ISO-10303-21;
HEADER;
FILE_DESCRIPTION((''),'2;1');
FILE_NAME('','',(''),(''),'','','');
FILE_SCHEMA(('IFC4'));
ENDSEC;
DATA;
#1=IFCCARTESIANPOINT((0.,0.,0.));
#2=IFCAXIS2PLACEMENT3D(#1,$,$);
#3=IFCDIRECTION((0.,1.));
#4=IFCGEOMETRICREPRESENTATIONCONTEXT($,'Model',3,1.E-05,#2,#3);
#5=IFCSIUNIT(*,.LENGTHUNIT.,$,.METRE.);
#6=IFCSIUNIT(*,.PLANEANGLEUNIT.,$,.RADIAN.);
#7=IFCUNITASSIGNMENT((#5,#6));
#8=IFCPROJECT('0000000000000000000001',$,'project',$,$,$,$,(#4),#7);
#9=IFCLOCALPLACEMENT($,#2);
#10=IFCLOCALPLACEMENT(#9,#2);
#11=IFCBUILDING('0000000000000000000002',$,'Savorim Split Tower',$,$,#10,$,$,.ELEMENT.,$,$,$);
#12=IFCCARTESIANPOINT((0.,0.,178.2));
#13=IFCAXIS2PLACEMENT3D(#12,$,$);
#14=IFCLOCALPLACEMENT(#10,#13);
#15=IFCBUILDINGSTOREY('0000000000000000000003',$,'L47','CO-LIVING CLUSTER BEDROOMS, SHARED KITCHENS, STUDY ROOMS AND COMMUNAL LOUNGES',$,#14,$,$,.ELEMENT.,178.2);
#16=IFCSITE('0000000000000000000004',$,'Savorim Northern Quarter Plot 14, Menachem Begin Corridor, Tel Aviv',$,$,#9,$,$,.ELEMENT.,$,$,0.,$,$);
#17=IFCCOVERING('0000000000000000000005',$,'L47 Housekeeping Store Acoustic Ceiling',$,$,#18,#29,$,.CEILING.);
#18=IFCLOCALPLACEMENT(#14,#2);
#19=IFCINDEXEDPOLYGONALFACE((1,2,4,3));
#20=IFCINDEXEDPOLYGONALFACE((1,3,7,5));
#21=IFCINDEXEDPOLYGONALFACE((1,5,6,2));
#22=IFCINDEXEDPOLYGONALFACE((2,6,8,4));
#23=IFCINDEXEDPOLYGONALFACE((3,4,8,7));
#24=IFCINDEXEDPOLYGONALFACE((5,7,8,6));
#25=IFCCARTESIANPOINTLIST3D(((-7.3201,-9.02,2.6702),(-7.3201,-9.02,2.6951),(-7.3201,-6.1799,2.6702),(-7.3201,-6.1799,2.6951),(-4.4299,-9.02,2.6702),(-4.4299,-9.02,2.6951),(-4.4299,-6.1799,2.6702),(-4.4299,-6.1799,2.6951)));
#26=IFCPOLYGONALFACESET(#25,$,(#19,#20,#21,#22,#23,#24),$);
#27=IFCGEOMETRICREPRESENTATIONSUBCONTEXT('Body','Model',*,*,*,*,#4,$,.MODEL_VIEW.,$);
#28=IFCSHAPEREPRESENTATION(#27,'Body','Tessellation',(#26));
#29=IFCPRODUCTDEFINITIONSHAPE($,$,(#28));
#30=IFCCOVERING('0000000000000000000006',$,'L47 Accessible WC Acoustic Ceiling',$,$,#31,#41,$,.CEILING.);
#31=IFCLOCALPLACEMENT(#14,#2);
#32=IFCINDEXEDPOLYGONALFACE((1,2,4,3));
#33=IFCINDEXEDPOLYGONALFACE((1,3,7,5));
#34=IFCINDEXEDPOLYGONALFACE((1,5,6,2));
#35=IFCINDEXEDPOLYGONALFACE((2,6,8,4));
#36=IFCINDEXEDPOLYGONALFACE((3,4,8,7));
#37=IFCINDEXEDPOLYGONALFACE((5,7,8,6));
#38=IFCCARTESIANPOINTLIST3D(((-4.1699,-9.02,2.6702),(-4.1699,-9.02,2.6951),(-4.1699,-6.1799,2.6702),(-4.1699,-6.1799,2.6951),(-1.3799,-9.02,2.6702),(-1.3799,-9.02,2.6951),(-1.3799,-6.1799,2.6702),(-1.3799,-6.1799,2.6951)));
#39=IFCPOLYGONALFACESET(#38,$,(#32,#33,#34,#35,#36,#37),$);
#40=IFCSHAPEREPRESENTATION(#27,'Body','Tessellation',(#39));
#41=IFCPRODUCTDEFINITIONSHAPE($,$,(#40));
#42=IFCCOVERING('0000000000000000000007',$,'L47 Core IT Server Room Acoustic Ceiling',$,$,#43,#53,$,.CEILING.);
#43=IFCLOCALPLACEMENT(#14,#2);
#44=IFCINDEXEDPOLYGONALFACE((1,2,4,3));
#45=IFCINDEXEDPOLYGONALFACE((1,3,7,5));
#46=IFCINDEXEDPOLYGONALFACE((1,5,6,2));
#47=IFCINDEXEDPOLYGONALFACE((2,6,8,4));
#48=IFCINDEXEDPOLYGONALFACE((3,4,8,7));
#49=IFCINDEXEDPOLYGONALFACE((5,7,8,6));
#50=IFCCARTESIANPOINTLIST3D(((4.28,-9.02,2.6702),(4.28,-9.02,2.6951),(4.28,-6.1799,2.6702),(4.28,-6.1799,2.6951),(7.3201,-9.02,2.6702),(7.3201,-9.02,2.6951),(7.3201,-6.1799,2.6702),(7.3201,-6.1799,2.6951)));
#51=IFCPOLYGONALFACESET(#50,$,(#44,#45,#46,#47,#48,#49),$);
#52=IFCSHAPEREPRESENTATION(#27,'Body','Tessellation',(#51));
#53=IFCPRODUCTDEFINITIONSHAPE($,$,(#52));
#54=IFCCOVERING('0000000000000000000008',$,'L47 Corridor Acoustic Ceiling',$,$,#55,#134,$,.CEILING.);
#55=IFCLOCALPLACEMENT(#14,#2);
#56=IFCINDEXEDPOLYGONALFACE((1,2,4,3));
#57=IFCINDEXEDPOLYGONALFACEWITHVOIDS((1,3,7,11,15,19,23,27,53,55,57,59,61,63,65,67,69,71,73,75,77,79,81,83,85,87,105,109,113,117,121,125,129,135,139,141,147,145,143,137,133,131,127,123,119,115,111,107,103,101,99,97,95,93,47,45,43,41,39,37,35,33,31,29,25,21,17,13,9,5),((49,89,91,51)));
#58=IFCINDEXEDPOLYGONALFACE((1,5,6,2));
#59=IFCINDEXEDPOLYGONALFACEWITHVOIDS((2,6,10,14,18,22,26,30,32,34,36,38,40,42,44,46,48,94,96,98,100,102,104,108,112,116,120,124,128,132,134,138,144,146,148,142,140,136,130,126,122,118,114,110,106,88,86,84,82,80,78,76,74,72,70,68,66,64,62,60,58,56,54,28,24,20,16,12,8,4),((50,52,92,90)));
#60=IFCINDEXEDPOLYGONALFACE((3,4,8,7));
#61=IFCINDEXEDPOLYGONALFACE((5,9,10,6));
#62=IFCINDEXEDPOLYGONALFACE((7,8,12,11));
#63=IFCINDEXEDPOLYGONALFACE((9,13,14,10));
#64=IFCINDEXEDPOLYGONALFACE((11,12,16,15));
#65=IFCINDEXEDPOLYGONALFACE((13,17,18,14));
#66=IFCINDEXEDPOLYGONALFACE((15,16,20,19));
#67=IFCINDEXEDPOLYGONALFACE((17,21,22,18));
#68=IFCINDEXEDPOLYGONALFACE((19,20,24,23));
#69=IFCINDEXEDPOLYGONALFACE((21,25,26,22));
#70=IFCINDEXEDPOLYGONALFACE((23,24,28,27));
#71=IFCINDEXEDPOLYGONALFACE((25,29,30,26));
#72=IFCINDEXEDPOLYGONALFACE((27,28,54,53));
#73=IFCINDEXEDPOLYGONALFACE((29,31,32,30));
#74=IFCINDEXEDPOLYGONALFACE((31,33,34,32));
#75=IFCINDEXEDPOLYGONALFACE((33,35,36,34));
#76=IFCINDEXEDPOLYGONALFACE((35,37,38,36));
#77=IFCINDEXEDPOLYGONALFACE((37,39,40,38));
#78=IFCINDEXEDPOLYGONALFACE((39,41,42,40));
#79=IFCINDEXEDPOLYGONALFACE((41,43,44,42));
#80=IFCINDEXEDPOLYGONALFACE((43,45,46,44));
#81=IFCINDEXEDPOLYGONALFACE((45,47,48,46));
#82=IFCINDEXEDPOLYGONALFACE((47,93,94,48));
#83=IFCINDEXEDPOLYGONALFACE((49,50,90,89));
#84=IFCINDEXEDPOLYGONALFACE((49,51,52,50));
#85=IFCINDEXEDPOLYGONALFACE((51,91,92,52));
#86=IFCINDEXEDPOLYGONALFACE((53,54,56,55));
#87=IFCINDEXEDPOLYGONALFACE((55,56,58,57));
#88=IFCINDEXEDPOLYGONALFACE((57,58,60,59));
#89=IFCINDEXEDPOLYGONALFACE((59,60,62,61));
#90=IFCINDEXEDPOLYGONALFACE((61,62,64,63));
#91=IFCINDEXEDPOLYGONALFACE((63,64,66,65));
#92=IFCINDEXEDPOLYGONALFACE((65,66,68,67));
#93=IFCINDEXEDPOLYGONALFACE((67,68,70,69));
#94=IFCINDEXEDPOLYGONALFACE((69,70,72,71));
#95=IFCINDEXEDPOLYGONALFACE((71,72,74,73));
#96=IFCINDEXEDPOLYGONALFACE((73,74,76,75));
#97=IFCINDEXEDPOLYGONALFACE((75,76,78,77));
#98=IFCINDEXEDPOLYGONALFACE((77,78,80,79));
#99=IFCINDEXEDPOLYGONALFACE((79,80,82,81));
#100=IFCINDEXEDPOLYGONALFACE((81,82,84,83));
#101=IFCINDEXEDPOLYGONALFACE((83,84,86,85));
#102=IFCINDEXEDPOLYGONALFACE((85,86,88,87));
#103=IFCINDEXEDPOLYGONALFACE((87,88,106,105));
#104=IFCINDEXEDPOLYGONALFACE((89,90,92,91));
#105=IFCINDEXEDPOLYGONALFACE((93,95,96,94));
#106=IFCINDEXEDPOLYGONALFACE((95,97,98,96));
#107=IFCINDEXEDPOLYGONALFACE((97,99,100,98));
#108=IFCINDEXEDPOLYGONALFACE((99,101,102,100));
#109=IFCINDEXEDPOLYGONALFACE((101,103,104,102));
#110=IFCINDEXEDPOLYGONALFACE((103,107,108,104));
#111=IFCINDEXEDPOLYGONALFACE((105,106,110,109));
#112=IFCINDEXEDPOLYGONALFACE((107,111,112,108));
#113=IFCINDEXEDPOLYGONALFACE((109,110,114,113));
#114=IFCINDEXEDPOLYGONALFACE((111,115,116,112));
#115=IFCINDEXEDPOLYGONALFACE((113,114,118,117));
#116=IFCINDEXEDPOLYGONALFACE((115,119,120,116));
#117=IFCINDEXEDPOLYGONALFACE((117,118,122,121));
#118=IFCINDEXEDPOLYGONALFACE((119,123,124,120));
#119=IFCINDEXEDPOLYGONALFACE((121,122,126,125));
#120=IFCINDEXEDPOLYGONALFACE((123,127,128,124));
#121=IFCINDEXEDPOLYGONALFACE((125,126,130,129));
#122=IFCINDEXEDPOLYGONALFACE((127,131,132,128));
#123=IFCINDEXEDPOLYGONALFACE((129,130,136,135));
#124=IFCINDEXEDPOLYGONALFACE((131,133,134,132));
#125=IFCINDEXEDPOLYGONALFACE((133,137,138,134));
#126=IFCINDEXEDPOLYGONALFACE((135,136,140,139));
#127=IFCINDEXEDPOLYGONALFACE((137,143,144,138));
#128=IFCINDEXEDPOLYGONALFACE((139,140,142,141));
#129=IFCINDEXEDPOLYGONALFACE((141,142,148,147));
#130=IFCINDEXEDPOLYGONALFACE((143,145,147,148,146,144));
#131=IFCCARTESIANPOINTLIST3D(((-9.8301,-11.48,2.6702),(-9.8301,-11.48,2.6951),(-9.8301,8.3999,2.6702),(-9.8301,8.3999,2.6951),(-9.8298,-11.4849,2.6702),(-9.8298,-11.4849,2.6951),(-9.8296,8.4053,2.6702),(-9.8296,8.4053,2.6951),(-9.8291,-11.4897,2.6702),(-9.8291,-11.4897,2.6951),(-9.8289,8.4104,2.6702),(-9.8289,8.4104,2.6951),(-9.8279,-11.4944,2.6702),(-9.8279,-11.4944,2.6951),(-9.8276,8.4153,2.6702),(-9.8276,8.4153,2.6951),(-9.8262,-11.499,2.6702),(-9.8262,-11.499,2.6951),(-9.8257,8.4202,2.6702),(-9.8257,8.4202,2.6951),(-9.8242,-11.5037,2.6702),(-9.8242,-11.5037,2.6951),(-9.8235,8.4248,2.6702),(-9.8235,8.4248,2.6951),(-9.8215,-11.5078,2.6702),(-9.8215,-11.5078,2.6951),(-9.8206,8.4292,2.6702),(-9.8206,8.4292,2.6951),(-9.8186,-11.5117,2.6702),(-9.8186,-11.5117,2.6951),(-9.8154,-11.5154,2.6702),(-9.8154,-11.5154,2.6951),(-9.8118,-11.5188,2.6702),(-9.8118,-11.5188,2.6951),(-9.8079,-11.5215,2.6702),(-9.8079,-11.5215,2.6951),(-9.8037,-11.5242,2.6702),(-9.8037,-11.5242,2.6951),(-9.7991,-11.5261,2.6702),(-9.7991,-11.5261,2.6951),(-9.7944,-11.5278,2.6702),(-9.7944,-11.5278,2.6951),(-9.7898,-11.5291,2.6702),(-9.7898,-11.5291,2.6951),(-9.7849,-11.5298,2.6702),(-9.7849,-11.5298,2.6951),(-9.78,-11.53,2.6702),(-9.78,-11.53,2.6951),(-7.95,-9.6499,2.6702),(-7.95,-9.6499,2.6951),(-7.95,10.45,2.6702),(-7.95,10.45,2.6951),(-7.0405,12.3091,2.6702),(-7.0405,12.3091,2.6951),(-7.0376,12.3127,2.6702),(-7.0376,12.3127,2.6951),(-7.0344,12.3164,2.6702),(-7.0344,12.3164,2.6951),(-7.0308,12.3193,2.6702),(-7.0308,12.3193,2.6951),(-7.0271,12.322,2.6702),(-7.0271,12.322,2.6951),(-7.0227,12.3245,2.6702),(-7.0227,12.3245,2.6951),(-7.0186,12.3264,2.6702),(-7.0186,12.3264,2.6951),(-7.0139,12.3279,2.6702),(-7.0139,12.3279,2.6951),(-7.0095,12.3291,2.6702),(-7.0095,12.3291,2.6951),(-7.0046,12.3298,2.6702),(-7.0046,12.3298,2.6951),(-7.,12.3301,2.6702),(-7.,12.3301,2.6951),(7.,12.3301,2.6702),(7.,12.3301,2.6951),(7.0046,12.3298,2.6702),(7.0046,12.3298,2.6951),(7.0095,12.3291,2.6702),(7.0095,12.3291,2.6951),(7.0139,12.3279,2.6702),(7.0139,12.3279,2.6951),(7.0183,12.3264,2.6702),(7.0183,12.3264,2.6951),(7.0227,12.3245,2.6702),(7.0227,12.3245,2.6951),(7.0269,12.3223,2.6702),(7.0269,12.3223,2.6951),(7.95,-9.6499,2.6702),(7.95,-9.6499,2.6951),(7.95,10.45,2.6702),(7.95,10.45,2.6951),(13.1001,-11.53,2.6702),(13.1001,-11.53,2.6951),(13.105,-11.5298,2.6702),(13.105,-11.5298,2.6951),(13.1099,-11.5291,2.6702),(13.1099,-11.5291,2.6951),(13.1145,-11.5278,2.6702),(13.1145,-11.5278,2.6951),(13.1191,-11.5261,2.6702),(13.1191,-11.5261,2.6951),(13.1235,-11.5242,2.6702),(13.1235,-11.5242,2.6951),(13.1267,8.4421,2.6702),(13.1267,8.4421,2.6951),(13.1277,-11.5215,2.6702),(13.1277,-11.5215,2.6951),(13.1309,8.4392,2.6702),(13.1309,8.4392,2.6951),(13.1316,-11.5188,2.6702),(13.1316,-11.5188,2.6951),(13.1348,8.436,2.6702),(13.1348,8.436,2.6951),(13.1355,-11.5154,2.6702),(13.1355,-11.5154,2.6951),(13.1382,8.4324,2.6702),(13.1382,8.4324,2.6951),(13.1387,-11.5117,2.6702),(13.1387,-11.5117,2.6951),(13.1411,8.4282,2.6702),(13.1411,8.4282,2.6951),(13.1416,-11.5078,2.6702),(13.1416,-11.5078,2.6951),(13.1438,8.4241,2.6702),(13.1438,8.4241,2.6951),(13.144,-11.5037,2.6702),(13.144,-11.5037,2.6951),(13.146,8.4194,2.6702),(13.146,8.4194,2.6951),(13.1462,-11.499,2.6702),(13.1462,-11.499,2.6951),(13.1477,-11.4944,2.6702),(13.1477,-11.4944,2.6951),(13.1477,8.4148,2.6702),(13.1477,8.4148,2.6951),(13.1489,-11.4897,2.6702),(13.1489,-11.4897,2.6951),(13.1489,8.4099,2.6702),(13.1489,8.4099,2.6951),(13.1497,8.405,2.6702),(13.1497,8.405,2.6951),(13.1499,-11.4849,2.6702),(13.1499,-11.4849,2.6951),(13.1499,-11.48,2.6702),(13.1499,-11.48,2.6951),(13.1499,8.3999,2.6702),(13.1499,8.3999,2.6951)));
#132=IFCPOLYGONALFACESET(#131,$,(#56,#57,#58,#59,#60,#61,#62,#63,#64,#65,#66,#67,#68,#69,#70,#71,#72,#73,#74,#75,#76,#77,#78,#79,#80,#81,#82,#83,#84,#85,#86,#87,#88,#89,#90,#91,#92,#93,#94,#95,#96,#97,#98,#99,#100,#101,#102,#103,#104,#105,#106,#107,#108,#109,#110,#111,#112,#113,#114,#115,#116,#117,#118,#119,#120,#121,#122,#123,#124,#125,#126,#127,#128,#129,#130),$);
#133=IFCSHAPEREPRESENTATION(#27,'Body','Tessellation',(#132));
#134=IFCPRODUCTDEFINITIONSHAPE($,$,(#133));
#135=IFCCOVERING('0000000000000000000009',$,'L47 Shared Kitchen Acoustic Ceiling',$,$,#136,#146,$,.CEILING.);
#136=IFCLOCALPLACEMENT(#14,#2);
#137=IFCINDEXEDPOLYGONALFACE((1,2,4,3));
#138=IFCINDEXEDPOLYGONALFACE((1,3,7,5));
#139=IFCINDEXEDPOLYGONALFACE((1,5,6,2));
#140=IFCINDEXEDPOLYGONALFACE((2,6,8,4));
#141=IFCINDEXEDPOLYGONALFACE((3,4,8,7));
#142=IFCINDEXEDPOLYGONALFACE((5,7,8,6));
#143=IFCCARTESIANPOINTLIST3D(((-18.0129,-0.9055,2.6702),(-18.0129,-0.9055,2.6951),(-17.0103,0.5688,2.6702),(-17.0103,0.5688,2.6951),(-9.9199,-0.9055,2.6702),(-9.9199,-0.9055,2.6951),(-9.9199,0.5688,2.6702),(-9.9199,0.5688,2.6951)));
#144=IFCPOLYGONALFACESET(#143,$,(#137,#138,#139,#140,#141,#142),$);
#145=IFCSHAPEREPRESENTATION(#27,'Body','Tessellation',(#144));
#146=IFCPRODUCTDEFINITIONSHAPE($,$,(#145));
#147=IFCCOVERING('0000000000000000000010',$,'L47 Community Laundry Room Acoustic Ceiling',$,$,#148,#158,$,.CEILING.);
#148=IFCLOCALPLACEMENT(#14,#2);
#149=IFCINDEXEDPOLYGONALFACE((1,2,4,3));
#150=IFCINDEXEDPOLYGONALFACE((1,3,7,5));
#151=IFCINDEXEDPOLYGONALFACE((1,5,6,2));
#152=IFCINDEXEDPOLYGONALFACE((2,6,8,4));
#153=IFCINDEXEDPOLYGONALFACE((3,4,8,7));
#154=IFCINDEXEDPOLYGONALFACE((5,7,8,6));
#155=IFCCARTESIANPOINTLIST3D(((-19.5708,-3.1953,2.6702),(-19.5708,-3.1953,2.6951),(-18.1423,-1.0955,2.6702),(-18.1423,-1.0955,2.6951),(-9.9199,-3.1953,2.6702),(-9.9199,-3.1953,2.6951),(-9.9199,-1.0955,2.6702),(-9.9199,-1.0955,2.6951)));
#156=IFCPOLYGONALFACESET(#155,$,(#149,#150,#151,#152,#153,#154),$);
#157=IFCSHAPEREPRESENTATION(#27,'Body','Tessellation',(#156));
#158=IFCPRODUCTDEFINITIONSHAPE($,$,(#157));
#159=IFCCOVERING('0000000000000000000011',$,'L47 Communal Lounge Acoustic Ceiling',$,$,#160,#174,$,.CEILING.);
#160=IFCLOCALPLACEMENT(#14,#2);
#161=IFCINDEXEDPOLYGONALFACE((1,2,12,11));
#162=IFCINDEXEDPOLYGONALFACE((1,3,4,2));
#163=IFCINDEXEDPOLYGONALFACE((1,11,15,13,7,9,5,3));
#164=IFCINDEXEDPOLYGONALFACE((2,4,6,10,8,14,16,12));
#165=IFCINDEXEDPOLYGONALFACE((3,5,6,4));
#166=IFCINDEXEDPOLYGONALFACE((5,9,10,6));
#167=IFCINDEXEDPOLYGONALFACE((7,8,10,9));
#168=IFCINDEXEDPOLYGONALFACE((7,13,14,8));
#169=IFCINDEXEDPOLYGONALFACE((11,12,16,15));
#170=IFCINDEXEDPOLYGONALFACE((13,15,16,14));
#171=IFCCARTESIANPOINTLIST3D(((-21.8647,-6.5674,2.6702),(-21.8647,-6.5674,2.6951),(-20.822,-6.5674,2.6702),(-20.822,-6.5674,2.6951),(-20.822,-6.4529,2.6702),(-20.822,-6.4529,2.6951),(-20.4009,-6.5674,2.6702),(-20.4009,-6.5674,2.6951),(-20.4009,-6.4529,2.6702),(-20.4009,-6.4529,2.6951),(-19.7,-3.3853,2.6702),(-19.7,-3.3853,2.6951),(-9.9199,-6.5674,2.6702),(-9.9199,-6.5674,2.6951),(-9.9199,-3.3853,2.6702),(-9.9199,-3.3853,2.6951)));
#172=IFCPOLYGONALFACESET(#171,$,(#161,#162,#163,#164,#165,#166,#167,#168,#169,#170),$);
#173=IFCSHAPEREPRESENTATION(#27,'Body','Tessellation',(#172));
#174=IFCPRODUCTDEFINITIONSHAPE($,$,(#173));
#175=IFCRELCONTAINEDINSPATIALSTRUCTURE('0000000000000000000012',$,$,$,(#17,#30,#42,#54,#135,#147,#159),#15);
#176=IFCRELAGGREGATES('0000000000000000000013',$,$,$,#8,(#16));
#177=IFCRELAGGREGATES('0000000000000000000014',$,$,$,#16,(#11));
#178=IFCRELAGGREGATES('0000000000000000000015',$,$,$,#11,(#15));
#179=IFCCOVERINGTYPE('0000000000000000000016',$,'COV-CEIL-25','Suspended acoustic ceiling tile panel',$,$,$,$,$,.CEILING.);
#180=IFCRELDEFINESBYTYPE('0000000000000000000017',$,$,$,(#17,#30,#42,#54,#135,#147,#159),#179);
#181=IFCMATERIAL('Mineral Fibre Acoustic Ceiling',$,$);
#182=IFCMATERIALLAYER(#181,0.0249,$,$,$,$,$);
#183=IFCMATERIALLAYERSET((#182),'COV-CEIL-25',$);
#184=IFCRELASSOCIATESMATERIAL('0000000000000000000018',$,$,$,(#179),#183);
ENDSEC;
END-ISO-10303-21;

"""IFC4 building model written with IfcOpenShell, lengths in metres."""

from ifc_helpers import new_model, si_unit, direction, frame, origin, place, context, subcontext, project, spatial, polyline, outline, extrude, material, layer, layer_set, type_object, element, save


model = new_model("IFC4")

# Units and contexts
model_context = context("Model", 3, precision=1e-05, world=origin(), true_north=direction((0.0, 1.0)))
body_context = subcontext(model_context, "Body", "Model", "MODEL_VIEW")
ifc_project = project(units=[si_unit("LENGTHUNIT", "METRE"), si_unit("PLANEANGLEUNIT", "RADIAN")], contexts=[model_context])

# Site, building, storey
site_placement = place(None, origin())
site = spatial("IfcSite", under=ifc_project, at=site_placement, Name="Savorim Northern Quarter Plot 14, Menachem Begin Corridor, Tel Aviv", CompositionType="ELEMENT", RefElevation=0.0)
building_placement = place(site_placement, origin())
building = spatial("IfcBuilding", under=site, at=building_placement, Name="Savorim Split Tower", CompositionType="ELEMENT")
storey_placement = place(building_placement, frame((0.0, 0.0, 178.2)))
storey = spatial("IfcBuildingStorey", under=building, at=storey_placement, Name="L47", Description="CO-LIVING CLUSTER BEDROOMS, SHARED KITCHENS, STUDY ROOMS AND COMMUNAL LOUNGES", CompositionType="ELEMENT", Elevation=178.2)

# Coverings
ifc_material_1 = material(Name="Mineral Fibre Acoustic Ceiling")
ifc_layer_1 = layer(ifc_material_1, 0.0249)
ifc_layer_set_1 = layer_set([ifc_layer_1], Name="COV-CEIL-25")
covering_type_1 = type_object("IfcCoveringType", Name="COV-CEIL-25", Description="Suspended acoustic ceiling tile panel", PredefinedType="CEILING", material=ifc_layer_set_1)
covering_1_placement = place(storey_placement, frame((0.0, 0.0, 2.6702)))
element("IfcCovering", 1, at=covering_1_placement, inside=storey, type_object=covering_type_1, Name="L47 Housekeeping Store Acoustic Ceiling", PredefinedType="CEILING", context=body_context, shape_type="SweptSolid", body=[
    extrude(outline(polyline([(-7.3201, -6.1799), (-7.3201, -9.02), (-4.4299, -9.02), (-4.4299, -6.1799), (-7.3201, -6.1799)])), origin(), (0.0, 0.0, 1.0), 0.0249),
])
covering_2_placement = place(storey_placement, frame((0.0, 0.0, 2.6702)))
element("IfcCovering", 2, at=covering_2_placement, inside=storey, type_object=covering_type_1, Name="L47 Accessible WC Acoustic Ceiling", PredefinedType="CEILING", context=body_context, shape_type="SweptSolid", body=[
    extrude(outline(polyline([(-4.1699, -6.1799), (-4.1699, -9.02), (-1.3799, -9.02), (-1.3799, -6.1799), (-4.1699, -6.1799)])), origin(), (0.0, 0.0, 1.0), 0.0249),
])
covering_3_placement = place(storey_placement, frame((0.0, 0.0, 2.6702)))
element("IfcCovering", 3, at=covering_3_placement, inside=storey, type_object=covering_type_1, Name="L47 Core IT Server Room Acoustic Ceiling", PredefinedType="CEILING", context=body_context, shape_type="SweptSolid", body=[
    extrude(outline(polyline([(4.28, -6.1799), (4.28, -9.02), (7.3201, -9.02), (7.3201, -6.1799), (4.28, -6.1799)])), origin(), (0.0, 0.0, 1.0), 0.0249),
])
covering_4_placement = place(storey_placement, frame((0.0, 0.0, 2.6702)))
element("IfcCovering", 4, at=covering_4_placement, inside=storey, type_object=covering_type_1, Name="L47 Corridor Acoustic Ceiling", PredefinedType="CEILING", context=body_context, shape_type="SweptSolid", body=[
    extrude(outline(polyline([(7.0095, 12.3291), (7.0046, 12.3298), (7.0, 12.3301), (-7.0, 12.3301), (-7.0046, 12.3298), (-7.0095, 12.3291), (-7.0139, 12.3279), (-7.0186, 12.3264), (-7.0227, 12.3245), (-7.0271, 12.322), (-7.0308, 12.3193), (-7.0344, 12.3164), (-7.0376, 12.3127), (-7.0405, 12.3091), (-9.8206, 8.4292), (-9.8235, 8.4248), (-9.8257, 8.4202), (-9.8276, 8.4153), (-9.8289, 8.4104), (-9.8296, 8.4053), (-9.8301, 8.3999), (-9.8301, -11.48), (-9.8298, -11.4849), (-9.8291, -11.4897), (-9.8279, -11.4944), (-9.8262, -11.499), (-9.8242, -11.5037), (-9.8215, -11.5078), (-9.8186, -11.5117), (-9.8154, -11.5154), (-9.8118, -11.5188), (-9.8079, -11.5215), (-9.8037, -11.5242), (-9.7991, -11.5261), (-9.7944, -11.5278), (-9.7898, -11.5291), (-9.7849, -11.5298), (-9.78, -11.53), (13.1001, -11.53), (13.105, -11.5298), (13.1099, -11.5291), (13.1145, -11.5278), (13.1191, -11.5261), (13.1235, -11.5242), (13.1277, -11.5215), (13.1316, -11.5188), (13.1355, -11.5154), (13.1387, -11.5117), (13.1416, -11.5078), (13.144, -11.5037), (13.1462, -11.499), (13.1477, -11.4944), (13.1489, -11.4897), (13.1499, -11.4849), (13.1499, -11.48), (13.1499, 8.3999), (13.1497, 8.405), (13.1489, 8.4099), (13.1477, 8.4148), (13.146, 8.4194), (13.1438, 8.4241), (13.1411, 8.4282), (13.1382, 8.4324), (13.1348, 8.436), (13.1309, 8.4392), (13.1267, 8.4421), (7.0269, 12.3223), (7.0227, 12.3245), (7.0183, 12.3264), (7.0139, 12.3279), (7.0095, 12.3291)]), holes=[polyline([(-7.95, 10.45), (-7.95, -9.6499), (7.95, -9.6499), (7.95, 10.45), (-7.95, 10.45)])]), origin(), (0.0, 0.0, 1.0), 0.0249),
])
covering_5_placement = place(storey_placement, frame((0.0, 0.0, 2.6702)))
element("IfcCovering", 5, at=covering_5_placement, inside=storey, type_object=covering_type_1, Name="L47 Shared Kitchen Acoustic Ceiling", PredefinedType="CEILING", context=body_context, shape_type="SweptSolid", body=[
    extrude(outline(polyline([(-17.0103, 0.5688), (-18.0129, -0.9055), (-9.9199, -0.9055), (-9.9199, 0.5688), (-17.0103, 0.5688)])), origin(), (0.0, 0.0, 1.0), 0.0249),
])
covering_6_placement = place(storey_placement, frame((0.0, 0.0, 2.6702)))
element("IfcCovering", 6, at=covering_6_placement, inside=storey, type_object=covering_type_1, Name="L47 Community Laundry Room Acoustic Ceiling", PredefinedType="CEILING", context=body_context, shape_type="SweptSolid", body=[
    extrude(outline(polyline([(-18.1423, -1.0955), (-19.5708, -3.1953), (-9.9199, -3.1953), (-9.9199, -1.0955), (-18.1423, -1.0955)])), origin(), (0.0, 0.0, 1.0), 0.0249),
])
covering_7_placement = place(storey_placement, frame((0.0, 0.0, 2.6702)))
element("IfcCovering", 7, at=covering_7_placement, inside=storey, type_object=covering_type_1, Name="L47 Communal Lounge Acoustic Ceiling", PredefinedType="CEILING", context=body_context, shape_type="SweptSolid", body=[
    extrude(outline(polyline([(-20.4009, -6.4529), (-20.4009, -6.5674), (-9.9199, -6.5674), (-9.9199, -3.3853), (-19.7, -3.3853), (-21.8647, -6.5674), (-20.822, -6.5674), (-20.822, -6.4529), (-20.4009, -6.4529)])), origin(), (0.0, 0.0, 1.0), 0.0249),
])

save(model, "model.ifc")
